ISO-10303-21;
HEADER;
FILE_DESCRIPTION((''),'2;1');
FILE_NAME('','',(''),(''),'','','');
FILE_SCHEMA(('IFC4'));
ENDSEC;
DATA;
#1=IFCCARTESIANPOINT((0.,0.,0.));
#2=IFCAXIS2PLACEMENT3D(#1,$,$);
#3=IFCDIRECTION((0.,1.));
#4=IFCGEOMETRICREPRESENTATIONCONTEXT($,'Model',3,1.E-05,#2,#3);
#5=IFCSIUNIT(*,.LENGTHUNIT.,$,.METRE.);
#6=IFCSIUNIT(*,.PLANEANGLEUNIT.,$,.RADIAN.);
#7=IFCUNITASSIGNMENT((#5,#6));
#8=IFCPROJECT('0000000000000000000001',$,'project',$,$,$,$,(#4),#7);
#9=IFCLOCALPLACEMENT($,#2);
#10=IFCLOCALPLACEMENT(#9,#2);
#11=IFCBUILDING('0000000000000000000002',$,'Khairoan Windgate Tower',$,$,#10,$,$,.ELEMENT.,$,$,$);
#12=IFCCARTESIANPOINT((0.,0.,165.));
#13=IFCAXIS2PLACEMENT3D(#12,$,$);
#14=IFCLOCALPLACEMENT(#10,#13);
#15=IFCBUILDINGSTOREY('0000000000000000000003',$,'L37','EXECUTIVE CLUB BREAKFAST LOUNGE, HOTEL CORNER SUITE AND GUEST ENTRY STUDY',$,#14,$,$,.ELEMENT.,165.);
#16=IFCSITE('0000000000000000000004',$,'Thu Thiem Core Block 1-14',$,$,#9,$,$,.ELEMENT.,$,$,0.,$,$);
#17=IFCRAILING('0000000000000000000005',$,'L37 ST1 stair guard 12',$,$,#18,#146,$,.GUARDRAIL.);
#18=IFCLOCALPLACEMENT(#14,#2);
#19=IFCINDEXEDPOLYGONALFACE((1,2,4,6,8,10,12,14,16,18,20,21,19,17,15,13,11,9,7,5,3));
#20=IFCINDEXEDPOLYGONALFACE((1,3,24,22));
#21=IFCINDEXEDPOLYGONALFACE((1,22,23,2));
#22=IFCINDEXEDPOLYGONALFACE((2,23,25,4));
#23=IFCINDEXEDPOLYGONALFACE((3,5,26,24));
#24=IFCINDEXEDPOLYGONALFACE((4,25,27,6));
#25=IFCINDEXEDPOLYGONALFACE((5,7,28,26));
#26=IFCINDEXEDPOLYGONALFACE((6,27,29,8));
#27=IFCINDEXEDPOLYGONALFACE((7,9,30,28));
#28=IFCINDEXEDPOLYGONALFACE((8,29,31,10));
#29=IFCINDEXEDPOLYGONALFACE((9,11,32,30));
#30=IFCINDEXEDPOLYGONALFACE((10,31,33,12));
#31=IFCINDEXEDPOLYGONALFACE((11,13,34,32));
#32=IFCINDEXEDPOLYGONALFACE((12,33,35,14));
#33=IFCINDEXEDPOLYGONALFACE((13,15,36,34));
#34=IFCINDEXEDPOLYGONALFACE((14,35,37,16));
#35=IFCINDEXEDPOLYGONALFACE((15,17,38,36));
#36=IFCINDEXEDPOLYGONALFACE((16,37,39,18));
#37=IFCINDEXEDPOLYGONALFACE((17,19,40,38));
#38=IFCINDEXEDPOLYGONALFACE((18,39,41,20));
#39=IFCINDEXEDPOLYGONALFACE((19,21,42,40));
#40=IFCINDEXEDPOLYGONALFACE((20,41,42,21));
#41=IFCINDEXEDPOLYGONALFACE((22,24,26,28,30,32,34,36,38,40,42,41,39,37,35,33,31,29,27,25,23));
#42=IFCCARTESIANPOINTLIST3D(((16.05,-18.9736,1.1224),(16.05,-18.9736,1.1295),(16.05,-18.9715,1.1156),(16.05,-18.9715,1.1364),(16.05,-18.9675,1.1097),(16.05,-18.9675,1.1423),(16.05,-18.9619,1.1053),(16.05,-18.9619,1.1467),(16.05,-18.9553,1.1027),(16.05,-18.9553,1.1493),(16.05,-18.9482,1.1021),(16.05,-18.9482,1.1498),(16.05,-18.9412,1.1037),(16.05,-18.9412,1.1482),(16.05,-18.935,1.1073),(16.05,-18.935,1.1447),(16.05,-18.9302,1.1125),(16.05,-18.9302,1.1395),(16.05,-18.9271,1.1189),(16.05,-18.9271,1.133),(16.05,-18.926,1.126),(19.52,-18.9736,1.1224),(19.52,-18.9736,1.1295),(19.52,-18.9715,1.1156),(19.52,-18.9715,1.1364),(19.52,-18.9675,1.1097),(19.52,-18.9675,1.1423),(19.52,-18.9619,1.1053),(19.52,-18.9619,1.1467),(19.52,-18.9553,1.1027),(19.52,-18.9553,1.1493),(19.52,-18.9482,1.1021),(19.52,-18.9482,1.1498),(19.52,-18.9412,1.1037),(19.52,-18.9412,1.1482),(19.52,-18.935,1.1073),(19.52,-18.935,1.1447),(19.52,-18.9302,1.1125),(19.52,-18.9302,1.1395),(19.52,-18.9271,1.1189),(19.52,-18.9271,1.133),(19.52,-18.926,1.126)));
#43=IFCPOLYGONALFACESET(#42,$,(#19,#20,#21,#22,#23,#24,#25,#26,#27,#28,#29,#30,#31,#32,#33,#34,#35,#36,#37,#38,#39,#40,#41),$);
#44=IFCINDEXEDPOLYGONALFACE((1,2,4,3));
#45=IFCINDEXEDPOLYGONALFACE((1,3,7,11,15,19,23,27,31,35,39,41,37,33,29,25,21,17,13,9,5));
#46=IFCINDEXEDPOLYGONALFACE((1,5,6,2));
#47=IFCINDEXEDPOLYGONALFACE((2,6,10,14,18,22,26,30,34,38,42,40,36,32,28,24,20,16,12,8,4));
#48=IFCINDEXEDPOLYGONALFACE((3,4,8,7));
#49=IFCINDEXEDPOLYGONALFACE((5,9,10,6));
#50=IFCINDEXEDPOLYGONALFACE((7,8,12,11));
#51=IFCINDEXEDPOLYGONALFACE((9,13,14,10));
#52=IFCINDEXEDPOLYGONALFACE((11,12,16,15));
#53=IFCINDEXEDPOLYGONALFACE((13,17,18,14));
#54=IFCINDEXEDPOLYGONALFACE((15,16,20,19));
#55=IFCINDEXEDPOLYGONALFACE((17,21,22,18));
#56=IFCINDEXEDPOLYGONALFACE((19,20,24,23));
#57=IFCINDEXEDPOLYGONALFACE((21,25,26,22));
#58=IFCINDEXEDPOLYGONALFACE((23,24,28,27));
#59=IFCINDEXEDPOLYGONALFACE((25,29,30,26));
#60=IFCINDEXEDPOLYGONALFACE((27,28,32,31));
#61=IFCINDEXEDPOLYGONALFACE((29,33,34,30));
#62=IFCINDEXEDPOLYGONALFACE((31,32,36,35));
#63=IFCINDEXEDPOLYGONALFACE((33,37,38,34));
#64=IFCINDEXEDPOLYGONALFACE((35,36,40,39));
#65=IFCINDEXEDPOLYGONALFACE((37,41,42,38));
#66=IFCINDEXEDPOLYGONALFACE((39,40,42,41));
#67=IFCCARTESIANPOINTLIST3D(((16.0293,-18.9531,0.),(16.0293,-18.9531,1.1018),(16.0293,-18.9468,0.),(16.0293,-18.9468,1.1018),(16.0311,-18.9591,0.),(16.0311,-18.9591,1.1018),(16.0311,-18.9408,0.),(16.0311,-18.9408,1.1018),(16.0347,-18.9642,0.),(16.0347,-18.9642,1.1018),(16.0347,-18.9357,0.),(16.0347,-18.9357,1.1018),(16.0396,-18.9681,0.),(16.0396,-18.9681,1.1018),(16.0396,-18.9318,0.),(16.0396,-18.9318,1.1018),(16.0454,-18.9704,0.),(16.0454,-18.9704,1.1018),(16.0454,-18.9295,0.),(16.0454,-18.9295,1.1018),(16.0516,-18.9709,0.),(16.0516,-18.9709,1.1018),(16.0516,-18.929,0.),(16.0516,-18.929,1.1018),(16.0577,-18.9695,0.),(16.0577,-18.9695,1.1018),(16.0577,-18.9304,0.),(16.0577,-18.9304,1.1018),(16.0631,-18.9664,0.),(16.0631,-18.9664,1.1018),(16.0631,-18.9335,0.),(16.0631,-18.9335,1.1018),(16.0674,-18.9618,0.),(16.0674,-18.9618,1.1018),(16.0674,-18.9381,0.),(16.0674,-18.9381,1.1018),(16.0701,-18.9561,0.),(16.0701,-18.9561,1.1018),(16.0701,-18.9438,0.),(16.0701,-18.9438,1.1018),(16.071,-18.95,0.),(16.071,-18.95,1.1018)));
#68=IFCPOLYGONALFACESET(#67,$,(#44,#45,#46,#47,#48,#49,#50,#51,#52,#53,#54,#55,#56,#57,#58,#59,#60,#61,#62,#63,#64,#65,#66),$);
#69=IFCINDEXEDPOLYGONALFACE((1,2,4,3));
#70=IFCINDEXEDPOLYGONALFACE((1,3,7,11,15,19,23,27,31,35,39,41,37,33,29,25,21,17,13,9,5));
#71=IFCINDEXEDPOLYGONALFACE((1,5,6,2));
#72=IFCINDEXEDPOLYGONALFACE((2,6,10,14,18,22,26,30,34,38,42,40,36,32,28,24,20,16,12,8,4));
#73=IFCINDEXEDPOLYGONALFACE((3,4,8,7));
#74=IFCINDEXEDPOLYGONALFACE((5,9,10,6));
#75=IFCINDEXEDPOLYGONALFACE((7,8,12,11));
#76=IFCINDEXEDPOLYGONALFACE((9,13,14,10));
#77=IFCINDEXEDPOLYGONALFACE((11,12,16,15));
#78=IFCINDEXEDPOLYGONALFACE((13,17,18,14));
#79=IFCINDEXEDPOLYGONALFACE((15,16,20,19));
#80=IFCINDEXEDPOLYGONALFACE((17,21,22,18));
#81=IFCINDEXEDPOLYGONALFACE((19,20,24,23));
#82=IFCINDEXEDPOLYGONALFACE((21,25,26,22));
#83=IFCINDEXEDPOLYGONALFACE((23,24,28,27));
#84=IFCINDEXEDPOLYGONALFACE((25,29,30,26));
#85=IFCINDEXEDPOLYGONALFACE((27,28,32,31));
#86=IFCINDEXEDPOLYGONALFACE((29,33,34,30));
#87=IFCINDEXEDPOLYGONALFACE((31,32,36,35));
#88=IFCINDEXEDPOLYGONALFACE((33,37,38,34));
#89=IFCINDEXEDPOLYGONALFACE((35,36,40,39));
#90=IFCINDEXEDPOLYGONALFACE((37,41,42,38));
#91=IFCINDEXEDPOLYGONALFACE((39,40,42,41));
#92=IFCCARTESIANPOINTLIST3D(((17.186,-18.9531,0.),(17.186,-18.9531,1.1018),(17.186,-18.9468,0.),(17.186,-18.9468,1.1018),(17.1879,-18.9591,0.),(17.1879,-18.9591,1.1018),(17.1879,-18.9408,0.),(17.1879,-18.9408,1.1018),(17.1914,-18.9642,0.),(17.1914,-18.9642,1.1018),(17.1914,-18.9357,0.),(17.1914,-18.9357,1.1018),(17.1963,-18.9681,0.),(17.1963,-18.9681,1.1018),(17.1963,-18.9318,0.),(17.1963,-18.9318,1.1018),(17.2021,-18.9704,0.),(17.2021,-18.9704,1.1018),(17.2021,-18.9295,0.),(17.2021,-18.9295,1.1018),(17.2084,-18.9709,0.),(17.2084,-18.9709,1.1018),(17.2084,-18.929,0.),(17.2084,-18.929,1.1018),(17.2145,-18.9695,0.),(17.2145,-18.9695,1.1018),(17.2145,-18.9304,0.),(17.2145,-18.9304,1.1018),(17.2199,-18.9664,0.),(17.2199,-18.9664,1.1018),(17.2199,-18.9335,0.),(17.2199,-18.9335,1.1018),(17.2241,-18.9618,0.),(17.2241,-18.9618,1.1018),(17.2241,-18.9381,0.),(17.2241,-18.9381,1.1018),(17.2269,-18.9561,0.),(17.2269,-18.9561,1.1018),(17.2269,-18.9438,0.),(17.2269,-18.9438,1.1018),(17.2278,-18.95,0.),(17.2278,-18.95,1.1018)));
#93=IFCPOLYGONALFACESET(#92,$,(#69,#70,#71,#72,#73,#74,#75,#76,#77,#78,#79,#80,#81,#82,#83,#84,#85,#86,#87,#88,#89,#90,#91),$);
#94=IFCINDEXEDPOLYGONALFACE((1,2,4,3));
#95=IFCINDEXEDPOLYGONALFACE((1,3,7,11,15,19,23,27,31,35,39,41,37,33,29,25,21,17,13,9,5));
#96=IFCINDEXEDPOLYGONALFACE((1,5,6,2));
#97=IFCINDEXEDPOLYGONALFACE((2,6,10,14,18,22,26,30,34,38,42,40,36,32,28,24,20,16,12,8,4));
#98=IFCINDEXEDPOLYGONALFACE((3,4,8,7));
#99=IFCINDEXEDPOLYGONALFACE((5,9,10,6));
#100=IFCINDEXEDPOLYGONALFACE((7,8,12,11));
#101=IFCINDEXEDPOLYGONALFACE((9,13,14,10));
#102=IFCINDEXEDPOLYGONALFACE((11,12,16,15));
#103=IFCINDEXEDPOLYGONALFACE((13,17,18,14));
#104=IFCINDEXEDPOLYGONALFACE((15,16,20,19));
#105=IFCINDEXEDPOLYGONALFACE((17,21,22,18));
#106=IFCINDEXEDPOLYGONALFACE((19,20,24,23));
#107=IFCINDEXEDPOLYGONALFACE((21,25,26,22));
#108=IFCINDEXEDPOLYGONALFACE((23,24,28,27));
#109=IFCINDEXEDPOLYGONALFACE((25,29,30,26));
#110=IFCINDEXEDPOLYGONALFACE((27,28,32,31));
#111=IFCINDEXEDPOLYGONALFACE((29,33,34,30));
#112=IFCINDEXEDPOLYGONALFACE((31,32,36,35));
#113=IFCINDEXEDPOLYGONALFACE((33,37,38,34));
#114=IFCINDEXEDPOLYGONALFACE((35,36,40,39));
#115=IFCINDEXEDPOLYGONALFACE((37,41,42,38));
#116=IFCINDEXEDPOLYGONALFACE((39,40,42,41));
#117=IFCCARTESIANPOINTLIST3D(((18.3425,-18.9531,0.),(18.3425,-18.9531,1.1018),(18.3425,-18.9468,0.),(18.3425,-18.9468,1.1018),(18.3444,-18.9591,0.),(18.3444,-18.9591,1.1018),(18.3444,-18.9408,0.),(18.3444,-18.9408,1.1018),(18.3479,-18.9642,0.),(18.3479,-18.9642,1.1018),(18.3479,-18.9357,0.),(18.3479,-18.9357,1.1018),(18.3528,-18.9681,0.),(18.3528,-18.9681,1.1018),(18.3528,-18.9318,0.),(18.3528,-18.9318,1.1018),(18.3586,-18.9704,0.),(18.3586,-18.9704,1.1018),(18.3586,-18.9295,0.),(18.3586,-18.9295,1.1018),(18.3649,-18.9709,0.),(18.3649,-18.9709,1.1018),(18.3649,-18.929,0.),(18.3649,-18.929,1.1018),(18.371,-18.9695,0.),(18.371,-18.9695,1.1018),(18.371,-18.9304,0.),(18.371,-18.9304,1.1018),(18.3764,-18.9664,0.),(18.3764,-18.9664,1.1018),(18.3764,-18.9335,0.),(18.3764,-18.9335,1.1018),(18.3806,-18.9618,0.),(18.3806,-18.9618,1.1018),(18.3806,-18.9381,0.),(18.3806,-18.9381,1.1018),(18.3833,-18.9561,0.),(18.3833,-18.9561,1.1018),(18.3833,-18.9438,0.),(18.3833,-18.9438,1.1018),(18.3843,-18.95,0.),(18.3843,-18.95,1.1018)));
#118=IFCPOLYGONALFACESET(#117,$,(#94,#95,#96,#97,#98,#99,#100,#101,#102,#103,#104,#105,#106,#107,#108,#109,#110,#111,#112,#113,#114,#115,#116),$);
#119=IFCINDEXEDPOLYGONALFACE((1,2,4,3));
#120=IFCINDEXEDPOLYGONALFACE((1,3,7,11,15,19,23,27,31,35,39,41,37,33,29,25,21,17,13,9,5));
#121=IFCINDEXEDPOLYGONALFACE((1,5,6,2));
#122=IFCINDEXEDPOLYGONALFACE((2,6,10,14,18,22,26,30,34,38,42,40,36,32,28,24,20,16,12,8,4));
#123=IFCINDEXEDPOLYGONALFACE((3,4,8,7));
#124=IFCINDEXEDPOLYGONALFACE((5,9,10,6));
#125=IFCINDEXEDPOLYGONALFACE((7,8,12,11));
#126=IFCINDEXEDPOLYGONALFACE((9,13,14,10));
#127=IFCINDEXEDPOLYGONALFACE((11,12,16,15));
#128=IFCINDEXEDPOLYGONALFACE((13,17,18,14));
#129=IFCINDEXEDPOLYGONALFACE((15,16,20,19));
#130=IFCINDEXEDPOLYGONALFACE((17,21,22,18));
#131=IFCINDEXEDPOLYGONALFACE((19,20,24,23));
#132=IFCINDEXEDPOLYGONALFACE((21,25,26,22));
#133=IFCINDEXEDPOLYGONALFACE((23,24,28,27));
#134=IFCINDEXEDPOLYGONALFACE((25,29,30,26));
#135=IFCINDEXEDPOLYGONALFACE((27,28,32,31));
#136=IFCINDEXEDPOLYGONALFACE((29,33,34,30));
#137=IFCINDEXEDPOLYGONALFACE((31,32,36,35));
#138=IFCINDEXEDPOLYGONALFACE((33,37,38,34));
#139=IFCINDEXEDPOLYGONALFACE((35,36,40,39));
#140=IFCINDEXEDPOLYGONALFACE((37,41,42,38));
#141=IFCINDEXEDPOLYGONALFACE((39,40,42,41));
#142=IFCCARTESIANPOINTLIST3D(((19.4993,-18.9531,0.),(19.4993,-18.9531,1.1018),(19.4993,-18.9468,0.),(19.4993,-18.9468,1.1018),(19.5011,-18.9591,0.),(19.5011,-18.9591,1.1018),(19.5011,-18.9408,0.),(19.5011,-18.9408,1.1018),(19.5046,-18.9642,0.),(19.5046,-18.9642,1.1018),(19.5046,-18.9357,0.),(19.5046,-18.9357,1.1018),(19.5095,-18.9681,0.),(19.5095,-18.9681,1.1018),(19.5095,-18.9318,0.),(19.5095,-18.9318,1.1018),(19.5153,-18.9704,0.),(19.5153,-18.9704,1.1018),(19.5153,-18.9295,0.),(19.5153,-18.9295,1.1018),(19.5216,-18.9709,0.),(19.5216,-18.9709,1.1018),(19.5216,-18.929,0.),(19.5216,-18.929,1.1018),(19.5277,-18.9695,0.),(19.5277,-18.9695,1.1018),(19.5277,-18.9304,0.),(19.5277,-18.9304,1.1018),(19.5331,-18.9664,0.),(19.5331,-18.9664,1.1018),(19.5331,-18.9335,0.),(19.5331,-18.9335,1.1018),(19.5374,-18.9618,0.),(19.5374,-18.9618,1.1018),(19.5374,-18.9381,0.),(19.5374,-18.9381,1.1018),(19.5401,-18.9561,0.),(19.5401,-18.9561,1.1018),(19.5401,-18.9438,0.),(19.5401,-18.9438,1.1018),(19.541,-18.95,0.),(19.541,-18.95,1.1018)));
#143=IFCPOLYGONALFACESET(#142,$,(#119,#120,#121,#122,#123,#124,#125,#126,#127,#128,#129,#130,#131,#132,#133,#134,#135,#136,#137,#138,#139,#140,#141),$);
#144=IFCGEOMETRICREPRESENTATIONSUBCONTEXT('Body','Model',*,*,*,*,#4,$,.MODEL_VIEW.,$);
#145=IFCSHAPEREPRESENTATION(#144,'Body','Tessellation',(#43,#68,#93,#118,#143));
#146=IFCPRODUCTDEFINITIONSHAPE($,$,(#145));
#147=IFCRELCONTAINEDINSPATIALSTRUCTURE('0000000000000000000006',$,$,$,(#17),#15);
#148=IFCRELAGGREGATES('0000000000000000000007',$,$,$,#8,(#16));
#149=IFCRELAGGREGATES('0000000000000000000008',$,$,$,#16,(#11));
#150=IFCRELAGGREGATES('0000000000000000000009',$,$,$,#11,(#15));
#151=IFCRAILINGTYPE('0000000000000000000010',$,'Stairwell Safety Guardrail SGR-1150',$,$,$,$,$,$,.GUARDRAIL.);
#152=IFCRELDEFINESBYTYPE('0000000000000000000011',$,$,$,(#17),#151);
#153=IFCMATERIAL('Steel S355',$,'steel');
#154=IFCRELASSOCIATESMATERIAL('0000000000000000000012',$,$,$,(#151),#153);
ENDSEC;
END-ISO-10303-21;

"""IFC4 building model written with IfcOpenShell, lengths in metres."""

from ifc_helpers import new_model, si_unit, direction, frame, origin, origin_2d, place, context, subcontext, project, spatial, circle, extrude, material, type_object, element, save


model = new_model("IFC4")

# Units and contexts
model_context = context("Model", 3, precision=1e-05, world=origin(), true_north=direction((0.0, 1.0)))
body_context = subcontext(model_context, "Body", "Model", "MODEL_VIEW")
ifc_project = project(units=[si_unit("LENGTHUNIT", "METRE"), si_unit("PLANEANGLEUNIT", "RADIAN")], contexts=[model_context])

# Site, building, storey
site_placement = place(None, origin())
site = spatial("IfcSite", under=ifc_project, at=site_placement, Name="Thu Thiem Core Block 1-14", CompositionType="ELEMENT", RefElevation=0.0)
building_placement = place(site_placement, origin())
building = spatial("IfcBuilding", under=site, at=building_placement, Name="Khairoan Windgate Tower", CompositionType="ELEMENT")
storey_placement = place(building_placement, frame((0.0, 0.0, 165.0)))
storey = spatial("IfcBuildingStorey", under=building, at=storey_placement, Name="L37", Description="EXECUTIVE CLUB BREAKFAST LOUNGE, HOTEL CORNER SUITE AND GUEST ENTRY STUDY", CompositionType="ELEMENT", Elevation=165.0)

# Railing
ifc_material_1 = material(Name="Steel S355", Category="steel")
railing_type = type_object("IfcRailingType", Name="Stairwell Safety Guardrail SGR-1150", PredefinedType="GUARDRAIL", material=ifc_material_1)
railing_1_placement = place(storey_placement, frame((16.05, -18.95, 0.0)))
element("IfcRailing", 1, at=railing_1_placement, inside=storey, type_object=railing_type, Name="L37 ST1 stair guard 12", PredefinedType="GUARDRAIL", context=body_context, shape_type="SweptSolid", body=[
    extrude(circle(Radius=0.0239, at=origin_2d()), frame((0.0, 0.0, 1.126), z_axis=(1.0, 0.0, 0.0), x_axis=(0.0, 1.0, 0.0)), (0.0, 0.0, 1.0), 3.47),
    extrude(circle(Radius=0.021, at=origin_2d()), origin(), (0.0, 0.0, 1.0), 1.1018),
    extrude(circle(Radius=0.021, at=origin_2d()), frame((1.1567, 0.0, 0.0)), (0.0, 0.0, 1.0), 1.1018),
    extrude(circle(Radius=0.021, at=origin_2d()), frame((2.3132, 0.0, 0.0)), (0.0, 0.0, 1.0), 1.1018),
    extrude(circle(Radius=0.021, at=origin_2d()), frame((3.47, 0.0, 0.0)), (0.0, 0.0, 1.0), 1.1018),
])

save(model, "model.ifc")
